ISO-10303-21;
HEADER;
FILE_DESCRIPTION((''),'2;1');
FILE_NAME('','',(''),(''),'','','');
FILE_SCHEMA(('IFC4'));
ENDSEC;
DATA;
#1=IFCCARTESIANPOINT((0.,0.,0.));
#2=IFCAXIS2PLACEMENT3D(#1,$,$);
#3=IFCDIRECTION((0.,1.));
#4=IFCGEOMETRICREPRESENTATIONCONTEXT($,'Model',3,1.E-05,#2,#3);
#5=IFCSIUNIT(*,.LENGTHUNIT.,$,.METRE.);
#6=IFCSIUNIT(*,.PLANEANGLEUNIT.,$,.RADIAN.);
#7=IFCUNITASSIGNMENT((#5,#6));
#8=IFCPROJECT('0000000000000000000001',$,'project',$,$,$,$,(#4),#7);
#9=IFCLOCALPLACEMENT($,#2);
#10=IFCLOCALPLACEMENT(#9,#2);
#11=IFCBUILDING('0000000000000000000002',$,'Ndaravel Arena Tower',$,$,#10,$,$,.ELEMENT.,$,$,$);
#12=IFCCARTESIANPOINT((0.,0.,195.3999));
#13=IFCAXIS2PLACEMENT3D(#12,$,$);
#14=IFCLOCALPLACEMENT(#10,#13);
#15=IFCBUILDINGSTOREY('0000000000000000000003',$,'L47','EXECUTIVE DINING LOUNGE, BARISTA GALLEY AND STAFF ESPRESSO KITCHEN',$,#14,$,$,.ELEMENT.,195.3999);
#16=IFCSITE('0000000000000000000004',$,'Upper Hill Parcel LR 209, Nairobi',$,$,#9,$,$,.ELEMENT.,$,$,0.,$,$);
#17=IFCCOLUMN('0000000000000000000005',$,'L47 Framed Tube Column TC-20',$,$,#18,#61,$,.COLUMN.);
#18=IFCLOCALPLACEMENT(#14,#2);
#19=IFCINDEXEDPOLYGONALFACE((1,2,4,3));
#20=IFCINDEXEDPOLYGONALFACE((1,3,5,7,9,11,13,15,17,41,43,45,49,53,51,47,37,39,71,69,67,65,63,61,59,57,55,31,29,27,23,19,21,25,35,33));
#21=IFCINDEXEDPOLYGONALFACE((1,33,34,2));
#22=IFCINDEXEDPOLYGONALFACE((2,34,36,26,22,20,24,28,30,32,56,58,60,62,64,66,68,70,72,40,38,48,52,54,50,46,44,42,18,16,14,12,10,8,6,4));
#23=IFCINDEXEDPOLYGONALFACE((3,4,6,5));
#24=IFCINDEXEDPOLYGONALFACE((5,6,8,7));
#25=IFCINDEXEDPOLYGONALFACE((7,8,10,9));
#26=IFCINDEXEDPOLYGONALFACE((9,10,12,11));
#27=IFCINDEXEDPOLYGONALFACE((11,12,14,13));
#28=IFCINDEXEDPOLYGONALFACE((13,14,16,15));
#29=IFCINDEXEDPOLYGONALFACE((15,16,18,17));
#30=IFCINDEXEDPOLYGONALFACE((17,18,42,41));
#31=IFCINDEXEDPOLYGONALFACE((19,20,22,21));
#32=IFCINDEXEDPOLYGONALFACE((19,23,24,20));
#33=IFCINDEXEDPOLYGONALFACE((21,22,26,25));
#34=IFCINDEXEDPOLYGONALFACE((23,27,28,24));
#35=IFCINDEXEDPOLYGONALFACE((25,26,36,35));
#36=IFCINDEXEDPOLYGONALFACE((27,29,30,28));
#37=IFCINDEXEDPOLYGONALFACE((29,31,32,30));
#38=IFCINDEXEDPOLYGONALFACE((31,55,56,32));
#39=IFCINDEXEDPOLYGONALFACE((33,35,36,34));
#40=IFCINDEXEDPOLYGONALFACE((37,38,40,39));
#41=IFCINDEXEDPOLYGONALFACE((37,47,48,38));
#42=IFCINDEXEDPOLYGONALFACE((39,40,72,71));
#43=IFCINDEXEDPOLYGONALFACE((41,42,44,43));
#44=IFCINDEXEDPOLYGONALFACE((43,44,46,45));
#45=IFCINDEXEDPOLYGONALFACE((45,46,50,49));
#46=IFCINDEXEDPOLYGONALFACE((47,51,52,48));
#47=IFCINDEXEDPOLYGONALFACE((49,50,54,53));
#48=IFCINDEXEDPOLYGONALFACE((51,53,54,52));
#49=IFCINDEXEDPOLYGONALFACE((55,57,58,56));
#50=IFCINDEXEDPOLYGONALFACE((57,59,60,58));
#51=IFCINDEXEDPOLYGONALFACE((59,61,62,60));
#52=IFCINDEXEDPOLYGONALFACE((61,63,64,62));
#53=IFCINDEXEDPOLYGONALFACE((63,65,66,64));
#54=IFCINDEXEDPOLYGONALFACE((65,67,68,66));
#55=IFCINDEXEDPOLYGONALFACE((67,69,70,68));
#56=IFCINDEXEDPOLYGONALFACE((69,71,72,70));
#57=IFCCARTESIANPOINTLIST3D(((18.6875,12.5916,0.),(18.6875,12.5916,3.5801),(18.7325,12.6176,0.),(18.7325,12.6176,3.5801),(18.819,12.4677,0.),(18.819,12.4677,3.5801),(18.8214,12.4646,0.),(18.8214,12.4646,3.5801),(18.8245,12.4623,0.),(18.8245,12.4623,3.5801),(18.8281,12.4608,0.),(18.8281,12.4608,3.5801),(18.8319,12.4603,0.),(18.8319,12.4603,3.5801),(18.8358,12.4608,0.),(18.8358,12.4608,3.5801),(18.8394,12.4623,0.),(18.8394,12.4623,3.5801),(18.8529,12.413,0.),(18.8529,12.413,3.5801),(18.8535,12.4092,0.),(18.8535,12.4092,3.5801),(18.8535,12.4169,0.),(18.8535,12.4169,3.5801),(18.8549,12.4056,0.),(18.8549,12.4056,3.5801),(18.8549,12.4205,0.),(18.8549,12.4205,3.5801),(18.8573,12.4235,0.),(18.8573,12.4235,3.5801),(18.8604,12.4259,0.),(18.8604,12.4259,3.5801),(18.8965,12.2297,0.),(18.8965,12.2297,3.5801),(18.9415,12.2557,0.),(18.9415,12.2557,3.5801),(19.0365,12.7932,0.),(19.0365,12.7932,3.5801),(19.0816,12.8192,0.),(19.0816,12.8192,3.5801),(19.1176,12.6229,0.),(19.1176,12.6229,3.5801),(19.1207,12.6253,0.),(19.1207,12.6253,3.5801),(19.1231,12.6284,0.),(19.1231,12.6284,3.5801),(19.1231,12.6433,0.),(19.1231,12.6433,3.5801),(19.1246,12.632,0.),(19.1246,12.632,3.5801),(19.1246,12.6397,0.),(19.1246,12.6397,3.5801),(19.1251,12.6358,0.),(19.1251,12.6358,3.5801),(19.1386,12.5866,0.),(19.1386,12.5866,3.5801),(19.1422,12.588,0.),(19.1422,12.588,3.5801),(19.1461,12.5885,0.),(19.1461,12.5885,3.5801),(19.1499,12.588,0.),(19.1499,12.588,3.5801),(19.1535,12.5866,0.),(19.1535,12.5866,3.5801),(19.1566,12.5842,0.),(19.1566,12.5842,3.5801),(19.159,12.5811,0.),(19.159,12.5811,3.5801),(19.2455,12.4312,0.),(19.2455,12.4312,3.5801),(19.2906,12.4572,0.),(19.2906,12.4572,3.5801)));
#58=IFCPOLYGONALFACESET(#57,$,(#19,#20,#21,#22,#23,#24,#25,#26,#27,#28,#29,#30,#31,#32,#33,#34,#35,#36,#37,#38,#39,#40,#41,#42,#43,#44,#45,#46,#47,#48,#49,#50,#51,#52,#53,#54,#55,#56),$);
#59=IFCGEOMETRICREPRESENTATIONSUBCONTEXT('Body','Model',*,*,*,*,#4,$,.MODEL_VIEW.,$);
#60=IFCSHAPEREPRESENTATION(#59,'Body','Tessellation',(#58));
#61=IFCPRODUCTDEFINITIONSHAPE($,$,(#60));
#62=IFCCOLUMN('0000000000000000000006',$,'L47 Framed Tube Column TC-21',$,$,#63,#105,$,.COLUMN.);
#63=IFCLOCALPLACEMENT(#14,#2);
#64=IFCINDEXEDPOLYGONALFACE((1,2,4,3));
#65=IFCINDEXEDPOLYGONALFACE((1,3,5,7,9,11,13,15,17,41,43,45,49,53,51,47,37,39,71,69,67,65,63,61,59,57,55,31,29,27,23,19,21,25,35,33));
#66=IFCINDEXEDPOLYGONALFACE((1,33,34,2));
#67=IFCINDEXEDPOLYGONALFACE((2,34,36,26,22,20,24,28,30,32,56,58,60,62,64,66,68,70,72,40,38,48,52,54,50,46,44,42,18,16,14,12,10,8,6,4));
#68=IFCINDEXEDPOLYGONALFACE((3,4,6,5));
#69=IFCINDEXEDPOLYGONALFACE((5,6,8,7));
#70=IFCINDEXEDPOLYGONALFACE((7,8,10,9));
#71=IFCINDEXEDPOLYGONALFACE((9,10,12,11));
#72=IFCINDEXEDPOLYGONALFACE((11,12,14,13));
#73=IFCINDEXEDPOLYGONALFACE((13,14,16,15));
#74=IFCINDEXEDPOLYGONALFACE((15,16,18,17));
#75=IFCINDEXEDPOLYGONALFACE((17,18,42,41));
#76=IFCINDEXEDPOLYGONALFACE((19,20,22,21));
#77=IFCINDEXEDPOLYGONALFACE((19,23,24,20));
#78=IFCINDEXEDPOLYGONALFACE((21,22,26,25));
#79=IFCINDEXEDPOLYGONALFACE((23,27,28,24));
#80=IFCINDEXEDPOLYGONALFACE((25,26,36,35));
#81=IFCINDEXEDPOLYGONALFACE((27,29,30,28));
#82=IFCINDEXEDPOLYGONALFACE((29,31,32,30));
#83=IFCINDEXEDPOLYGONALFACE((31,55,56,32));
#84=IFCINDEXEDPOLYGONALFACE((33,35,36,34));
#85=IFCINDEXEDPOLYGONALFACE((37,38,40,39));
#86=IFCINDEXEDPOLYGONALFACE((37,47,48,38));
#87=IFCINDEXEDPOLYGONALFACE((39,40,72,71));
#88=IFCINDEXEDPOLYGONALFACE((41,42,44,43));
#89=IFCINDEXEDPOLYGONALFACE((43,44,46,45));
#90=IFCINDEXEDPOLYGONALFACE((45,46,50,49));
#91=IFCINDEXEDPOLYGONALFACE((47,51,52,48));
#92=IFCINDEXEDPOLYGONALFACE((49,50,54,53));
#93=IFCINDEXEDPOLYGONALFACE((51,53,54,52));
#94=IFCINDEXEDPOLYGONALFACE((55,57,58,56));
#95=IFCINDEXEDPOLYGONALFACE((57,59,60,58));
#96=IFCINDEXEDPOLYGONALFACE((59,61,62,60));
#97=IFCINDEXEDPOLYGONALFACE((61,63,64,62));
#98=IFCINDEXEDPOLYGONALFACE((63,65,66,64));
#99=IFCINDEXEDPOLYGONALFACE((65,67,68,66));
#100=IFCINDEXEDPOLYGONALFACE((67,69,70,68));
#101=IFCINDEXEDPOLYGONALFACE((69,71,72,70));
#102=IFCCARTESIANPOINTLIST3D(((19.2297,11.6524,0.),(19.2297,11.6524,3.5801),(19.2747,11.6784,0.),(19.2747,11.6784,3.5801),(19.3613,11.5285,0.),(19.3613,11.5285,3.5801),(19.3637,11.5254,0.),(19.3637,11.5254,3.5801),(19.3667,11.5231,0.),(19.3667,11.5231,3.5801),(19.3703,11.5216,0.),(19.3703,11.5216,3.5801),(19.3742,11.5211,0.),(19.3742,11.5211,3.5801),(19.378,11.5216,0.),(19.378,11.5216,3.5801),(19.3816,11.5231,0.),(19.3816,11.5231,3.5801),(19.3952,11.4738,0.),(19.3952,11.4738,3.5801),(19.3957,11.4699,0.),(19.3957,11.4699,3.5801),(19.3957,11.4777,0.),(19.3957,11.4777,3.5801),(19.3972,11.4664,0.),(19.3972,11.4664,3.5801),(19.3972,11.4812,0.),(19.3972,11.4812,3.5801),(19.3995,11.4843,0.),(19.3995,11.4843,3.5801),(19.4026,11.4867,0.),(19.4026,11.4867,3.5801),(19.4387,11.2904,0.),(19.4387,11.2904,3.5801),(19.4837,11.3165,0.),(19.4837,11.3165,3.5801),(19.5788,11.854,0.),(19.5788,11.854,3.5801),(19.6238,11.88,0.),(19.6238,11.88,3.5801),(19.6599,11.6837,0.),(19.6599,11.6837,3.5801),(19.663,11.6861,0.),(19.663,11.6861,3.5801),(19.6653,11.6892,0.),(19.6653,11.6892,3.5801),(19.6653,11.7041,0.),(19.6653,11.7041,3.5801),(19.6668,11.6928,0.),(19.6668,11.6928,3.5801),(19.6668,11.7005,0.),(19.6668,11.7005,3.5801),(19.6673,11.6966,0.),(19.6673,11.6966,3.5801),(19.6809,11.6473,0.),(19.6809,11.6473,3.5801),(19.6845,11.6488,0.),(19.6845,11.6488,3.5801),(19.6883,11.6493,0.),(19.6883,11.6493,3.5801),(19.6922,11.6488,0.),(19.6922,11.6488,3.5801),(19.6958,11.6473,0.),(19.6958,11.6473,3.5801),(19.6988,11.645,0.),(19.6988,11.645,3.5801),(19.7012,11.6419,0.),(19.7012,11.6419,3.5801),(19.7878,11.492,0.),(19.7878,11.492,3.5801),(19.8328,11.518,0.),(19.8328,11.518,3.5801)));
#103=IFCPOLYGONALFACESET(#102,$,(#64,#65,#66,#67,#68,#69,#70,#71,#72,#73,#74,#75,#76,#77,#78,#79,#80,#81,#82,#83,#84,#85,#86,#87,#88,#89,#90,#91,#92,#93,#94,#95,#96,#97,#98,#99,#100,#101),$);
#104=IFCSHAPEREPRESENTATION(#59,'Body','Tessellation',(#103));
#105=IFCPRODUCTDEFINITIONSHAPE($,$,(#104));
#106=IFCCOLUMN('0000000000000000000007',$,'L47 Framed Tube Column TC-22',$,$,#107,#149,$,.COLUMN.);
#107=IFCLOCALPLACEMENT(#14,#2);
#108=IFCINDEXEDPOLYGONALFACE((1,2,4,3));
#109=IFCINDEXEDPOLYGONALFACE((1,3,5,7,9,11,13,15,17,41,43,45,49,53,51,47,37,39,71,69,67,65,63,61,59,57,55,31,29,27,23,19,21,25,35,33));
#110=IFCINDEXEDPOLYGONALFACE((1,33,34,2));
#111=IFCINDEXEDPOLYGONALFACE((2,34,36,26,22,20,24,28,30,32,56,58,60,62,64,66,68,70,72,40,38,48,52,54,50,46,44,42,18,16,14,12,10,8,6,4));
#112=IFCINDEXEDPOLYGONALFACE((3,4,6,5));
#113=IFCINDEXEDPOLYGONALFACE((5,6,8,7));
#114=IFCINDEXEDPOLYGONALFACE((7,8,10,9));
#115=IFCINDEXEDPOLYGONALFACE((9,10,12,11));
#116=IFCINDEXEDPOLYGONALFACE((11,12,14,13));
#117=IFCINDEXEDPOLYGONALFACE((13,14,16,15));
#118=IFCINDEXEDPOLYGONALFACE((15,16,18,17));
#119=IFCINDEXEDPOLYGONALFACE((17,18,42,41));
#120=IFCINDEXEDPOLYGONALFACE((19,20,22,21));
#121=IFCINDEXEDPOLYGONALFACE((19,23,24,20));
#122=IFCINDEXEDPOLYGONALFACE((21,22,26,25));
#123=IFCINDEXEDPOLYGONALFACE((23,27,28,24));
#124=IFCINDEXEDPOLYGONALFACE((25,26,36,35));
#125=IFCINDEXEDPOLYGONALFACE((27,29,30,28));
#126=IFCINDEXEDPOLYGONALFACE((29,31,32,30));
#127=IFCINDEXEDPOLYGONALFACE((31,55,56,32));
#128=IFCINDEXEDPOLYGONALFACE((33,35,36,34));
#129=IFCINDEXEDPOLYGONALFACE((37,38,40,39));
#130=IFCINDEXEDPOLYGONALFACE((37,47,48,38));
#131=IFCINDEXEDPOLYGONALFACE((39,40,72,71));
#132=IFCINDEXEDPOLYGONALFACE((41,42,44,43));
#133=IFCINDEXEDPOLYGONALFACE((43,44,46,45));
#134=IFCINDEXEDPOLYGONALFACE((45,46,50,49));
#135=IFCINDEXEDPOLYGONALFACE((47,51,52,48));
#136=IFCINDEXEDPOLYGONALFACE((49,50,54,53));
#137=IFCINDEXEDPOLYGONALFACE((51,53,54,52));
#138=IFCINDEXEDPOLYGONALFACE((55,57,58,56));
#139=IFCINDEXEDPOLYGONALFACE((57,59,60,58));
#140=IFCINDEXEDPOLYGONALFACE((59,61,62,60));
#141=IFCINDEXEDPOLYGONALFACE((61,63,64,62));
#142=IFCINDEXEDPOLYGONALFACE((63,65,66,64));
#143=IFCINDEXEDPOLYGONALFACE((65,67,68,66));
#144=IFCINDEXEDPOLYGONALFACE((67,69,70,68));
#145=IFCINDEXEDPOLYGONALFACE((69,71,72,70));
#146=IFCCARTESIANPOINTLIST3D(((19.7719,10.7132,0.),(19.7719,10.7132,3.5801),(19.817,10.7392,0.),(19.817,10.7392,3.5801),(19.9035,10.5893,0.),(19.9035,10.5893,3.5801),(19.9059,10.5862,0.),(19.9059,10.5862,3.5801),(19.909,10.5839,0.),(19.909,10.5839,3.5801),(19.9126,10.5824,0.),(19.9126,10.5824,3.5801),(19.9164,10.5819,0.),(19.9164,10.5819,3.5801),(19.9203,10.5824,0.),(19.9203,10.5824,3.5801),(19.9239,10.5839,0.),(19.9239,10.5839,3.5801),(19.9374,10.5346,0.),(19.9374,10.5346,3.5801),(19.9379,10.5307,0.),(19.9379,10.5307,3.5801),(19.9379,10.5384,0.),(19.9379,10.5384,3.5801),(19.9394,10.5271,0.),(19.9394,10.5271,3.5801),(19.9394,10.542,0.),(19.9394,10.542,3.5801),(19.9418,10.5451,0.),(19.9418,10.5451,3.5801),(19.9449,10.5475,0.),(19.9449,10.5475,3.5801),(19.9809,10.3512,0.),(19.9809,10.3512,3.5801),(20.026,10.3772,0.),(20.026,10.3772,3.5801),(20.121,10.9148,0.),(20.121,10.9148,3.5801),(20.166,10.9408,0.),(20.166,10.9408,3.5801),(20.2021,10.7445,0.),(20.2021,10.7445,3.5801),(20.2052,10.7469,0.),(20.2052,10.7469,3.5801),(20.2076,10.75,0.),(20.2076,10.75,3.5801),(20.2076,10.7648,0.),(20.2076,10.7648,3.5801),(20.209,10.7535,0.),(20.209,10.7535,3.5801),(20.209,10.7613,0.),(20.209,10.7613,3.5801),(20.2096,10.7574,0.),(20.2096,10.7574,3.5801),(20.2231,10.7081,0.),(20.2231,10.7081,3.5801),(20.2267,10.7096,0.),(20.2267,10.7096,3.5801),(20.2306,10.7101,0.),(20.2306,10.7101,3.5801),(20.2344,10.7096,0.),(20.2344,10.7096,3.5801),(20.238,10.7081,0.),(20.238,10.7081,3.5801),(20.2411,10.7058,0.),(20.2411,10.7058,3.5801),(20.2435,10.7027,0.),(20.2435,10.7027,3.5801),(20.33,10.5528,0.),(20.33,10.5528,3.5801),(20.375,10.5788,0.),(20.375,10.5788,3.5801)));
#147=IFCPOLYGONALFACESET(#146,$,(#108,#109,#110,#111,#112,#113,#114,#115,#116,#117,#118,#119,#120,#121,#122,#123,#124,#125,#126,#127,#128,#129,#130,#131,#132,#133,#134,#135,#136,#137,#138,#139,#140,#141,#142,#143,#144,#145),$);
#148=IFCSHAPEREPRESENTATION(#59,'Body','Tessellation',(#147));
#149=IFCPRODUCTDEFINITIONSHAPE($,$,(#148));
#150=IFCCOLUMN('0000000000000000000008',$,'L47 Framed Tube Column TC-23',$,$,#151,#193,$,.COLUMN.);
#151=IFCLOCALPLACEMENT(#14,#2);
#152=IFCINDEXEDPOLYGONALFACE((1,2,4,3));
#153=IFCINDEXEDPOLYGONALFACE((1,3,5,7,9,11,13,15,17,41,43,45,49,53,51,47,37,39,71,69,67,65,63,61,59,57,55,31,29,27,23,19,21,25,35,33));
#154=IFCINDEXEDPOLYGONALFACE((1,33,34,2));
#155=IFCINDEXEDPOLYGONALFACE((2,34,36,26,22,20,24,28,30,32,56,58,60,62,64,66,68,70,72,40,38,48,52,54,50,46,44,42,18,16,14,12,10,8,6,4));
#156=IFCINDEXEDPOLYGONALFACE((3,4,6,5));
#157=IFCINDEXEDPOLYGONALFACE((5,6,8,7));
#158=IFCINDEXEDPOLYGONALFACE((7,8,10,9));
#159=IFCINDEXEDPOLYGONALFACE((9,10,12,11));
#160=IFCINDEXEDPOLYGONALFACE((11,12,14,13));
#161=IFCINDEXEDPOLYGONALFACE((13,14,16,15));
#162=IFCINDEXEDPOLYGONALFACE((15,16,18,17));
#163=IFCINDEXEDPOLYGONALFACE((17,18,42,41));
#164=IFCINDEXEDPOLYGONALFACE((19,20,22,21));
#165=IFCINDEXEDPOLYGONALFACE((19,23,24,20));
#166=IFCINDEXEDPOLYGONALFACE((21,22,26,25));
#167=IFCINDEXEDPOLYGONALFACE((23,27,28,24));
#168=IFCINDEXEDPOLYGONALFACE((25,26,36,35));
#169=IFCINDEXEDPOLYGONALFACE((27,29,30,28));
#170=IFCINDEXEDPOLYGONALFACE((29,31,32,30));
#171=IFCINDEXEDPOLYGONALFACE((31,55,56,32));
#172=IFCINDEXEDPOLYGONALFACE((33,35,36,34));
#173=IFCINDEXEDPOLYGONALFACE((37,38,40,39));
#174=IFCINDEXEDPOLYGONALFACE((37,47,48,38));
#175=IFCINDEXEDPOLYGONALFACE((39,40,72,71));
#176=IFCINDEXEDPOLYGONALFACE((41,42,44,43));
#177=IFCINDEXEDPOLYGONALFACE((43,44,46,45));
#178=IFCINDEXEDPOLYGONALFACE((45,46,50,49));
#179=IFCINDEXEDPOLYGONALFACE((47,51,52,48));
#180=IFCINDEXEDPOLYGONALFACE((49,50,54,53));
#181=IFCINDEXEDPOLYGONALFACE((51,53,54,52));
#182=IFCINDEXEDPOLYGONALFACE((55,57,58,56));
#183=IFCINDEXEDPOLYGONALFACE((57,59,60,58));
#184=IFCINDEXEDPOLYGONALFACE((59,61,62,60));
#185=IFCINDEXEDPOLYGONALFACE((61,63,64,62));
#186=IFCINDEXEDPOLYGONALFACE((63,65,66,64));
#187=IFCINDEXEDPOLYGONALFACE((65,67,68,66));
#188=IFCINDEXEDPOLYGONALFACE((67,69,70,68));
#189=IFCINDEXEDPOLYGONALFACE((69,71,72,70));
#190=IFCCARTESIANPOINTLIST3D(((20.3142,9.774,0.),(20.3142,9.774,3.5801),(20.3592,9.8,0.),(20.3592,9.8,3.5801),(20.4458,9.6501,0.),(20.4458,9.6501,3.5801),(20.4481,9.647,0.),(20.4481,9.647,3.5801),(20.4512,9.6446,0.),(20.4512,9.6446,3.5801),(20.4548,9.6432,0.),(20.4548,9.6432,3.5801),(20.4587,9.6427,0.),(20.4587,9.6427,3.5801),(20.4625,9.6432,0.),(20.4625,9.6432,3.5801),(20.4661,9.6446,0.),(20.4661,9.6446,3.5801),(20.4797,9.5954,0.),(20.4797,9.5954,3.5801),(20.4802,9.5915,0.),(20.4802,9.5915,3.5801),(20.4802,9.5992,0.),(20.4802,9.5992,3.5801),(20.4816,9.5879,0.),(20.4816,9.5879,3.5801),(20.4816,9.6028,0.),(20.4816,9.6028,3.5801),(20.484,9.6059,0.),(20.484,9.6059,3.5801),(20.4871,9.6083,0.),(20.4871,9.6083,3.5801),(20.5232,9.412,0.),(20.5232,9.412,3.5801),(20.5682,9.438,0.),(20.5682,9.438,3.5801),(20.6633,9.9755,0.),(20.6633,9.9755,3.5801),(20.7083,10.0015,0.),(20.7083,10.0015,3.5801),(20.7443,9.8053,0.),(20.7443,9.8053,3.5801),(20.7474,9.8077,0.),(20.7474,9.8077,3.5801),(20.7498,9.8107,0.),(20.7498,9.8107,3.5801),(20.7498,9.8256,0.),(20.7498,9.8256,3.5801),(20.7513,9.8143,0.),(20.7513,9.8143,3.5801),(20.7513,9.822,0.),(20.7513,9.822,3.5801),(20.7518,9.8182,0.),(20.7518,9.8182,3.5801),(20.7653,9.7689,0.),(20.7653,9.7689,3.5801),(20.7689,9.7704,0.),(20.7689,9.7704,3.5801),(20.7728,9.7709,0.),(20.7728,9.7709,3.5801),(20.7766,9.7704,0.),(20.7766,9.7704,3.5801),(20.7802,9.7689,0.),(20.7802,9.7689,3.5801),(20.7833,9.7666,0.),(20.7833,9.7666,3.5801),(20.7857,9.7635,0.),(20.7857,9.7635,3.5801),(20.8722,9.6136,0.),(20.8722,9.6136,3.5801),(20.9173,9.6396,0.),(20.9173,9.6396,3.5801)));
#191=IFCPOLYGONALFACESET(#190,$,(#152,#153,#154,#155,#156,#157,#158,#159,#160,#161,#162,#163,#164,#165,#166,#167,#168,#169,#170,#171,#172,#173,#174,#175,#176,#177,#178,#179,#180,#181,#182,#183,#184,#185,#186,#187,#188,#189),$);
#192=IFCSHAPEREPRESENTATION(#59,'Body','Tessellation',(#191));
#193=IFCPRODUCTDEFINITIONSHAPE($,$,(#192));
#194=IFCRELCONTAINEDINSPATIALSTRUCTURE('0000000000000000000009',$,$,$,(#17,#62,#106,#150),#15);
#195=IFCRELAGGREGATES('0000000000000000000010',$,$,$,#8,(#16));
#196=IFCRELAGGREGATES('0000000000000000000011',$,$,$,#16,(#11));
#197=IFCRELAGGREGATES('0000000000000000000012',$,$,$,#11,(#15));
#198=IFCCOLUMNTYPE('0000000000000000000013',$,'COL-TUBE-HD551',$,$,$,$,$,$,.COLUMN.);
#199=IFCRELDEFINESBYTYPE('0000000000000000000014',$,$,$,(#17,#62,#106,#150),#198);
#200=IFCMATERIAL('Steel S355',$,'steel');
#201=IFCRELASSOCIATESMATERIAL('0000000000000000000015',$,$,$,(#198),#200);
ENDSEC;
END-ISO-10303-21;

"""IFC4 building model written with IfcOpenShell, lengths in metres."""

from ifc_helpers import new_model, si_unit, direction, frame, origin, origin_2d, place, context, subcontext, project, spatial, i_section, extrude, material, material_profile, profile_set, type_object, element, save


model = new_model("IFC4")

# Units and contexts
model_context = context("Model", 3, precision=1e-05, world=origin(), true_north=direction((0.0, 1.0)))
body_context = subcontext(model_context, "Body", "Model", "MODEL_VIEW")
ifc_project = project(units=[si_unit("LENGTHUNIT", "METRE"), si_unit("PLANEANGLEUNIT", "RADIAN")], contexts=[model_context])

# Site, building, storey
site_placement = place(None, origin())
site = spatial("IfcSite", under=ifc_project, at=site_placement, Name="Upper Hill Parcel LR 209, Nairobi", CompositionType="ELEMENT", RefElevation=0.0)
building_placement = place(site_placement, origin())
building = spatial("IfcBuilding", under=site, at=building_placement, Name="Ndaravel Arena Tower", CompositionType="ELEMENT")
storey_placement = place(building_placement, frame((0.0, 0.0, 195.3999)))
storey = spatial("IfcBuildingStorey", under=building, at=storey_placement, Name="L47", Description="EXECUTIVE DINING LOUNGE, BARISTA GALLEY AND STAFF ESPRESSO KITCHEN", CompositionType="ELEMENT", Elevation=195.3999)

# Columns
ifc_material_1 = material(Name="Steel S355", Category="steel")
ifc_material_profile_1 = material_profile(ifc_material_1, i_section(OverallWidth=0.418, OverallDepth=0.4551, WebThickness=0.042, FlangeThickness=0.052, FilletRadius=0.0149, at=origin_2d()), Name="HD 400x551")
ifc_profile_set_1 = profile_set([ifc_material_profile_1], Name="Steel S355")
column_type = type_object("IfcColumnType", Name="COL-TUBE-HD551", PredefinedType="COLUMN", material=ifc_profile_set_1)
for number, where, z_axis, x_axis, name in (
    (1, (18.989, 12.5244, 0.0), (0.0, 0.0, 1.0), (-0.5, 0.866025, 0.0), "L47 Framed Tube Column TC-20"),
    (2, (19.5312, 11.5852, 0.0), (0.0, 0.0, 1.0), (-0.5, 0.866025, 0.0), "L47 Framed Tube Column TC-21"),
    (3, (20.0735, 10.646, 0.0), (0.0, 0.0, 1.0), (-0.5, 0.866025, 0.0), "L47 Framed Tube Column TC-22"),
    (4, (20.6157, 9.7068, 0.0), (0.0, 0.0, 1.0), (-0.5, 0.866025, 0.0), "L47 Framed Tube Column TC-23"),
):
    element("IfcColumn", number, at=place(storey_placement, frame(where, z_axis=z_axis, x_axis=x_axis)), inside=storey, type_object=column_type, Name=name, PredefinedType="COLUMN", context=body_context, shape_type="SweptSolid", body=[
        extrude(i_section(OverallWidth=0.418, OverallDepth=0.4551, WebThickness=0.042, FlangeThickness=0.052, FilletRadius=0.0149, at=origin_2d()), origin(), (0.0, 0.0, 1.0), 3.5801),
    ])

save(model, "model.ifc")
